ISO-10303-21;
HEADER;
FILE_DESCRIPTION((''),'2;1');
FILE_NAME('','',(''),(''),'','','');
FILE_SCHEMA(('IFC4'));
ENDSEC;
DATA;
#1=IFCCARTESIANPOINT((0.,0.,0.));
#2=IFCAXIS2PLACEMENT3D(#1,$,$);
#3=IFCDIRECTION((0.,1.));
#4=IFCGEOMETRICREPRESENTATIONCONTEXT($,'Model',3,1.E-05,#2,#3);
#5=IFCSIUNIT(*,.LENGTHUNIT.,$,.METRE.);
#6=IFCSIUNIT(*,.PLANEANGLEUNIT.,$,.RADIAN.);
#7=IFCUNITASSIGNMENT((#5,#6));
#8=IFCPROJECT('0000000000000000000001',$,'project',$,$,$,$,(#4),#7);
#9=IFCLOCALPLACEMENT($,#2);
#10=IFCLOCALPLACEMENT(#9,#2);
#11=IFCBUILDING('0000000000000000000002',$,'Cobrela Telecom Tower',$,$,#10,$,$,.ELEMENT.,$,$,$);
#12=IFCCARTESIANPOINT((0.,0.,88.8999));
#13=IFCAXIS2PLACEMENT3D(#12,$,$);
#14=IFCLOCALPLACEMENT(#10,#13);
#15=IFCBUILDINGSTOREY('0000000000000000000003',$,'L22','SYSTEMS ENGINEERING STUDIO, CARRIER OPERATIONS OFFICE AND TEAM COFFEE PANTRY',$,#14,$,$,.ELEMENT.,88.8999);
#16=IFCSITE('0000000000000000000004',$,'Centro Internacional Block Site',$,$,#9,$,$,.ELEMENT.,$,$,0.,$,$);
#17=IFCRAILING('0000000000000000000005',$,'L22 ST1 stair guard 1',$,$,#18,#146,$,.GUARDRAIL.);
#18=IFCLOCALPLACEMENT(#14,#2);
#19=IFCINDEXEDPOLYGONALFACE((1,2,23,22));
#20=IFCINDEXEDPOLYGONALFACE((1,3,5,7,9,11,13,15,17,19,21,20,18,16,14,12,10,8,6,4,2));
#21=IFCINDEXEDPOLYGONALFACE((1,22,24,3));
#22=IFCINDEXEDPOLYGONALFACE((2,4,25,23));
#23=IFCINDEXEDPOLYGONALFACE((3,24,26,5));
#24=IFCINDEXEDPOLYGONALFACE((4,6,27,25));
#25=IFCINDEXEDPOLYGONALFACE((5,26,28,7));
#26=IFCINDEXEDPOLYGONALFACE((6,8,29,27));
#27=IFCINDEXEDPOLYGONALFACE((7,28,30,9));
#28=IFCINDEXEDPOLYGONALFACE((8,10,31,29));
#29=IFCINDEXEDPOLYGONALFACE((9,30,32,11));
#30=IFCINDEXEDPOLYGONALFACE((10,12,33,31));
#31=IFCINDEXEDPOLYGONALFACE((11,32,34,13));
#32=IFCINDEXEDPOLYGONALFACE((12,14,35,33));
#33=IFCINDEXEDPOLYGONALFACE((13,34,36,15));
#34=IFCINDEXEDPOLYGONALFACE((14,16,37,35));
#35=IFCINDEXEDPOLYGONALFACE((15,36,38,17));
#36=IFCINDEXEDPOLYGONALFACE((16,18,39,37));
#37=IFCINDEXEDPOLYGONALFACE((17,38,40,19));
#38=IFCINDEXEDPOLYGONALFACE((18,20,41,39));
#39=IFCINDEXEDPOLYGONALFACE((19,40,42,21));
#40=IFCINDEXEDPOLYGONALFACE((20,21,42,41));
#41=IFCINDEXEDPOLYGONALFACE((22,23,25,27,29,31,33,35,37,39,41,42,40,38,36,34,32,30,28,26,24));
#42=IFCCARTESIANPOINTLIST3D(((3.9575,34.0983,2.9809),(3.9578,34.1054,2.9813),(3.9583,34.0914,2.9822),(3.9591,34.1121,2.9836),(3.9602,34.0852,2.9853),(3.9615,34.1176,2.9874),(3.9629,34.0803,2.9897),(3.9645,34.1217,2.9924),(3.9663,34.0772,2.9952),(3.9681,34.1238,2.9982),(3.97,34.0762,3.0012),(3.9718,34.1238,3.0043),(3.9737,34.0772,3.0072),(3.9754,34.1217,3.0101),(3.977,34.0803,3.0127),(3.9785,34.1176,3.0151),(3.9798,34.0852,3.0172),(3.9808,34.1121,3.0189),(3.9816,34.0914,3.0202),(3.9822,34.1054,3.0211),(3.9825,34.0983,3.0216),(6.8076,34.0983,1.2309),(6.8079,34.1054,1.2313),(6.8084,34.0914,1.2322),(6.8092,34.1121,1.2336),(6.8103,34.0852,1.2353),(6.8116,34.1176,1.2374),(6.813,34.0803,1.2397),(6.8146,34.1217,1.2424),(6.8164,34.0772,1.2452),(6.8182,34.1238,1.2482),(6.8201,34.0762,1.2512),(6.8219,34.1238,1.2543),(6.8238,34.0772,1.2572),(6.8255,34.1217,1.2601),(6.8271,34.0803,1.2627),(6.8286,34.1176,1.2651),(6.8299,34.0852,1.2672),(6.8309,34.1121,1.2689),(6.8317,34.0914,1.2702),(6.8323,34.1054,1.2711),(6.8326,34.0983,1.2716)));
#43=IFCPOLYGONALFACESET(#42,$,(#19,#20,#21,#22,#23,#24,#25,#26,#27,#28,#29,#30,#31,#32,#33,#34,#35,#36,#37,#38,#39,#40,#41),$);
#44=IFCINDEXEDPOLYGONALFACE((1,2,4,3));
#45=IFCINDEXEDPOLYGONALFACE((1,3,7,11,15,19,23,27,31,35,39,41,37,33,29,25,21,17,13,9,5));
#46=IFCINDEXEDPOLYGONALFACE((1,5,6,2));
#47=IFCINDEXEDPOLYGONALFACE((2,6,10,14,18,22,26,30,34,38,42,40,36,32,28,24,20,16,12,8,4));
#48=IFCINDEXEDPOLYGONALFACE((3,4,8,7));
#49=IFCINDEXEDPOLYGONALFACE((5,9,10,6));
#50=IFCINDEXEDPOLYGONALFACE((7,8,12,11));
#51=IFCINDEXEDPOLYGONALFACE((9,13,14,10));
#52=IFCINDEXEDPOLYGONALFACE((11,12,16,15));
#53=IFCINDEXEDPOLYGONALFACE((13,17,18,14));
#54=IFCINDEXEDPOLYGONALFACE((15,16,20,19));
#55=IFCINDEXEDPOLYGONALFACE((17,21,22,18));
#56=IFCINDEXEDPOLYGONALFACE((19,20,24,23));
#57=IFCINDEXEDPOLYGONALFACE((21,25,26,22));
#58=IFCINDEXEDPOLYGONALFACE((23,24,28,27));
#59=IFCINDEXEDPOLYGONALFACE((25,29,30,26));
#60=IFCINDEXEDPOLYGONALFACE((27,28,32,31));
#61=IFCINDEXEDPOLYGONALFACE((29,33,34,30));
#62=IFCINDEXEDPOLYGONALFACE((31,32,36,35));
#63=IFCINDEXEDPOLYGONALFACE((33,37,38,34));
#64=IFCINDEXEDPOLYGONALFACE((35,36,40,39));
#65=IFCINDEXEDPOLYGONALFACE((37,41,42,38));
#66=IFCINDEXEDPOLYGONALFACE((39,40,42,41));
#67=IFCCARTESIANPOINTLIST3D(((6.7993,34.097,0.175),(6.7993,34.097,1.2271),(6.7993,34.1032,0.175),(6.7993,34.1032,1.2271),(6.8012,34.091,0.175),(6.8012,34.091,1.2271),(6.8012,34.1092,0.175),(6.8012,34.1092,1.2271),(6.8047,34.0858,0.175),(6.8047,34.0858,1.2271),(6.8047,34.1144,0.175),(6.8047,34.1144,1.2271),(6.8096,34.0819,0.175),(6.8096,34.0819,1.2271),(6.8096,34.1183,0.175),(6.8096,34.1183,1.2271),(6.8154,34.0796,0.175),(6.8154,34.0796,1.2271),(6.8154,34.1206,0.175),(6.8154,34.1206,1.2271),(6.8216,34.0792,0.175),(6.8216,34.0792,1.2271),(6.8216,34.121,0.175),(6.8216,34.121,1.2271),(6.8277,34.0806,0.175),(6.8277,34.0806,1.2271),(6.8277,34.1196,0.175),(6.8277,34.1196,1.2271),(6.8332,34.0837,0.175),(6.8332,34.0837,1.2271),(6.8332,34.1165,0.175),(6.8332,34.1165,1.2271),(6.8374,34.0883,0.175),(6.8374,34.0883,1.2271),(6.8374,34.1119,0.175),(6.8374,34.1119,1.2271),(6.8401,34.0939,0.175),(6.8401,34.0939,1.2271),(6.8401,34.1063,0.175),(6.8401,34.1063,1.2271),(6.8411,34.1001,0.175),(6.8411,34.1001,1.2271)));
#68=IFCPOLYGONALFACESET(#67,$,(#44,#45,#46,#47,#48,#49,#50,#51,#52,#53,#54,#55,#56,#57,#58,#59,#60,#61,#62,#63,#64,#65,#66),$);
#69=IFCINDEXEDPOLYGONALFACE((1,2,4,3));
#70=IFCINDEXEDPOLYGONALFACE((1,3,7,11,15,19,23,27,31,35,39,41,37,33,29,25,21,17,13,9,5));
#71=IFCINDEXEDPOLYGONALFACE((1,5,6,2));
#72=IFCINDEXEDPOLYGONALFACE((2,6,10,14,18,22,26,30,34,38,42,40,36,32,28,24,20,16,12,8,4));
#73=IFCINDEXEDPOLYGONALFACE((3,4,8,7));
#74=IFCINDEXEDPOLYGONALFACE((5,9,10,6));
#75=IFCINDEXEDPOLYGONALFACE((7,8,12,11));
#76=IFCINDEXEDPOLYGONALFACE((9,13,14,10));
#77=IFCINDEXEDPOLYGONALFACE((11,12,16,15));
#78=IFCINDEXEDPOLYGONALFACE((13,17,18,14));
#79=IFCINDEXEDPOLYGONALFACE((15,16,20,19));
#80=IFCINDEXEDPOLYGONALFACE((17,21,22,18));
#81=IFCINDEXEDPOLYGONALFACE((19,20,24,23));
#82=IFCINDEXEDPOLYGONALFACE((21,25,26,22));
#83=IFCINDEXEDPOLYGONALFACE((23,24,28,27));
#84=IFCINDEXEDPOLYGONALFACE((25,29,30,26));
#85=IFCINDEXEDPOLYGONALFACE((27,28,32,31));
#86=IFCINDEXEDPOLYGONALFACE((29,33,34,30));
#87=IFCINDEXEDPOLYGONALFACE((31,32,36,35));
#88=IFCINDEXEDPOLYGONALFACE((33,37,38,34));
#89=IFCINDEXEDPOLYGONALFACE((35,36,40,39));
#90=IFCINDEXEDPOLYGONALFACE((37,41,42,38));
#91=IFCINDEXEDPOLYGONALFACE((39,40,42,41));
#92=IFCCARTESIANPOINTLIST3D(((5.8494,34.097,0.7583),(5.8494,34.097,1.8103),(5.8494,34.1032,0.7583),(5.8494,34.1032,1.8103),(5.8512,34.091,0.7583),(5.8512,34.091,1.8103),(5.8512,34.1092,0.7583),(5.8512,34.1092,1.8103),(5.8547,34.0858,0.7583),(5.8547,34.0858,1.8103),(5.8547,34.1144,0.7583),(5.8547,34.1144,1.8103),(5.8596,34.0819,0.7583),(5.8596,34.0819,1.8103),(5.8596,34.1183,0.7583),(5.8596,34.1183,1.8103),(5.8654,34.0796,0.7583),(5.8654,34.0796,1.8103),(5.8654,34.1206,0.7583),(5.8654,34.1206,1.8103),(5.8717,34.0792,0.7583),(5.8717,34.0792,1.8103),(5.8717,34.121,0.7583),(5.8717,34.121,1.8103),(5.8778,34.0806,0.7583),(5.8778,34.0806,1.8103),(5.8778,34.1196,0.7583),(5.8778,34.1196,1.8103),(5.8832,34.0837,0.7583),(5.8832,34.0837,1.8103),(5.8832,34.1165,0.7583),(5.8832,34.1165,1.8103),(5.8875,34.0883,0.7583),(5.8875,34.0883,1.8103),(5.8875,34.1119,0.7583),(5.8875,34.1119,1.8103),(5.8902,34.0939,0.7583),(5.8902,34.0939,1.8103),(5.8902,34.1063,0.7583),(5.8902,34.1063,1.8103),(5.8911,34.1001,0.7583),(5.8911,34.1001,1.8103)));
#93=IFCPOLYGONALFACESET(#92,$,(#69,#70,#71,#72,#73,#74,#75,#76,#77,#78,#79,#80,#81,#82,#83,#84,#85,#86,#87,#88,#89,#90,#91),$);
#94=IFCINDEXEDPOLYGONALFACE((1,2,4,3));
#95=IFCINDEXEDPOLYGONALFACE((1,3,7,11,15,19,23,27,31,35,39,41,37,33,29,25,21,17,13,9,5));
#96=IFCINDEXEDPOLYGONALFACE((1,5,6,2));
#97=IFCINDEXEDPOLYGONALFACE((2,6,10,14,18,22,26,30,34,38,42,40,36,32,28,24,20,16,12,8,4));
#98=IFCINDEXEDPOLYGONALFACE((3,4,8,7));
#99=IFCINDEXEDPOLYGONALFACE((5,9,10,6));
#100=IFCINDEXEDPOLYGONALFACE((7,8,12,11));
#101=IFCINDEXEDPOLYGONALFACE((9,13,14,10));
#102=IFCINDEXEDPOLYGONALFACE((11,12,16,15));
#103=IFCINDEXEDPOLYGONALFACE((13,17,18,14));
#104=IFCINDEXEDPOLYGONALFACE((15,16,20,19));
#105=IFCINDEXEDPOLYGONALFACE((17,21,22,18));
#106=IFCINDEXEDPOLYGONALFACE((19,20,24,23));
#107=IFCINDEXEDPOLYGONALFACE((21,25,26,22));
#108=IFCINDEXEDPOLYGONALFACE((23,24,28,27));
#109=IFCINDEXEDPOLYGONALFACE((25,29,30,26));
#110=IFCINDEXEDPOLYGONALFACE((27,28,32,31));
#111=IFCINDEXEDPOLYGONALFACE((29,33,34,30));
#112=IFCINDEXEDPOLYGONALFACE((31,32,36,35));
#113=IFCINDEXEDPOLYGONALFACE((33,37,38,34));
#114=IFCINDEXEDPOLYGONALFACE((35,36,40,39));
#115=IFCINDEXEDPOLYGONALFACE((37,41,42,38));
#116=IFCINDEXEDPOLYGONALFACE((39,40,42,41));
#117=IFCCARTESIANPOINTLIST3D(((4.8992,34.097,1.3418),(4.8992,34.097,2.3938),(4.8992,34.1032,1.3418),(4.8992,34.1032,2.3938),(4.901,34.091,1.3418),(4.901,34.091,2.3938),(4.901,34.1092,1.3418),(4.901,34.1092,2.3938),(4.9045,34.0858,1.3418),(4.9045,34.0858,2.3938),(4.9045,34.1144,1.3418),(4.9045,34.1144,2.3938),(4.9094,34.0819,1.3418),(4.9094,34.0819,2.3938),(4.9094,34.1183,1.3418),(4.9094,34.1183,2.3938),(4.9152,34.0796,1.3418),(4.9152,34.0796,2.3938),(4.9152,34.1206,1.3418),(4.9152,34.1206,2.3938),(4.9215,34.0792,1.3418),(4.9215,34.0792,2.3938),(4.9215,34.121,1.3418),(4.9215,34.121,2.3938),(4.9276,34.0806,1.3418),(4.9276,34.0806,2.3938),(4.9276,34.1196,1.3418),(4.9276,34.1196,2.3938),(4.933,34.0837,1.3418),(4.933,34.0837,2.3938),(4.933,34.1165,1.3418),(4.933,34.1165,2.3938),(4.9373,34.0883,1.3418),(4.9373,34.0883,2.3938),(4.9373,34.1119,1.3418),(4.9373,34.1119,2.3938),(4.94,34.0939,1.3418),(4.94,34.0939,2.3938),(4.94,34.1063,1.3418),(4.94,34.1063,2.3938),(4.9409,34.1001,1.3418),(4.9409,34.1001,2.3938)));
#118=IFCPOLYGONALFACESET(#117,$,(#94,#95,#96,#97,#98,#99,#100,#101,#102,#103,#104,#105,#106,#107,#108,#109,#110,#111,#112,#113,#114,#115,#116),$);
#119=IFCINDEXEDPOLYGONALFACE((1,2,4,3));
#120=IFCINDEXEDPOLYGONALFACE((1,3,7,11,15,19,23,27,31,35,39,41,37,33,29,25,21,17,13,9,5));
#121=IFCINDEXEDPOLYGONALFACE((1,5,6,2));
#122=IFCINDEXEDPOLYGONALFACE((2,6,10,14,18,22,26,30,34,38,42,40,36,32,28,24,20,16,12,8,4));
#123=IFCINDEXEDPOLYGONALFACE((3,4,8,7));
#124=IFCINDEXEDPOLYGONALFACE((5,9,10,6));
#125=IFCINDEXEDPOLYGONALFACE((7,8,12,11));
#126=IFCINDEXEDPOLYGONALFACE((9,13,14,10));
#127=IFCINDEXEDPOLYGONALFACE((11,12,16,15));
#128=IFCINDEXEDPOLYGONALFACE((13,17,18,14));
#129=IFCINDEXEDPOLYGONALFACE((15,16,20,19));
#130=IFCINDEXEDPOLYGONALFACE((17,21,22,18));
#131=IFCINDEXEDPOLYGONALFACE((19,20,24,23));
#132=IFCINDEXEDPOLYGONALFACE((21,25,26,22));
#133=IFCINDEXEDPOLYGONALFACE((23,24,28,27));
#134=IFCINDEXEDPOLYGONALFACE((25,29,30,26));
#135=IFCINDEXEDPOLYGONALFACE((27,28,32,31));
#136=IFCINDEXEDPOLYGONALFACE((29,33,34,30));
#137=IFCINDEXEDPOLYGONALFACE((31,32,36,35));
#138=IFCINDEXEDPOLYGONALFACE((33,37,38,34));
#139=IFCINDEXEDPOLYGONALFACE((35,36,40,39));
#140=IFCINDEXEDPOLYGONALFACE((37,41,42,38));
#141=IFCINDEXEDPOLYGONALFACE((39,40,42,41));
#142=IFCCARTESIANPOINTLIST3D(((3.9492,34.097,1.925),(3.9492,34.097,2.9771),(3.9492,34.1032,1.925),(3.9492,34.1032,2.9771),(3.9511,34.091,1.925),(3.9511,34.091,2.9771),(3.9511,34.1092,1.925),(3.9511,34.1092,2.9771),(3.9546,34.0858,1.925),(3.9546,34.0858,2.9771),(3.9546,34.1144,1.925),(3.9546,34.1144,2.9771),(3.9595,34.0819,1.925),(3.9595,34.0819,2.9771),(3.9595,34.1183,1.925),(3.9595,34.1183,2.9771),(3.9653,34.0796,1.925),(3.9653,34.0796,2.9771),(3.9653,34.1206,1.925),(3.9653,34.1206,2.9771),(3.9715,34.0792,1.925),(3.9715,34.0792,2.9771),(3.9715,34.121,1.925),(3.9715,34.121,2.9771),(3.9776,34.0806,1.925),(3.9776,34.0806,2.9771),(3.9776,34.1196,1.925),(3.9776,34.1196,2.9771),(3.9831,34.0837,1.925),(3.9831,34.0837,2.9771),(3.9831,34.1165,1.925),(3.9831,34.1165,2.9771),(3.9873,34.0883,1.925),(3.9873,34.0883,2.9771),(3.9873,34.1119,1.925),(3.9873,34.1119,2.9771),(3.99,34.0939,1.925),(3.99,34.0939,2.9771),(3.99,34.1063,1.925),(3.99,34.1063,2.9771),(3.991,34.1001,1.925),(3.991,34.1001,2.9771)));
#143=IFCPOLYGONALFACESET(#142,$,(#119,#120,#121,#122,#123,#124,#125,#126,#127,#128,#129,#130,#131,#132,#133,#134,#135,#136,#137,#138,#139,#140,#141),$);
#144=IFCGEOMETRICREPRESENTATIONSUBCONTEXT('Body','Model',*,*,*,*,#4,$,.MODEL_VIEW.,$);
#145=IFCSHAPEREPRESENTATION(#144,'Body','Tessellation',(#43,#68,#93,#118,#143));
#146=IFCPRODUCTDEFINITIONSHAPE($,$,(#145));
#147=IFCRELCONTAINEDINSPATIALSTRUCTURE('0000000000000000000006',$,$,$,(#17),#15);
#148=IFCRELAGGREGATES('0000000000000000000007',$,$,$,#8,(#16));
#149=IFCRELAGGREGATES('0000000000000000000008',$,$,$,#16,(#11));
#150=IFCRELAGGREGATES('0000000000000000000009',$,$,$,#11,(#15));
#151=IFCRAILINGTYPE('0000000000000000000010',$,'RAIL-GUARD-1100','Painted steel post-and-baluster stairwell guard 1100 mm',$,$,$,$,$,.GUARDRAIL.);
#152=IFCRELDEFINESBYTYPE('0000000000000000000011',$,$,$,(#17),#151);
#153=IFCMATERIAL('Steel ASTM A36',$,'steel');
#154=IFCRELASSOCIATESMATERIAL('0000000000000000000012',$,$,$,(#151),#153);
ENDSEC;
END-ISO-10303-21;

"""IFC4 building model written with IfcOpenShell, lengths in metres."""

from ifc_helpers import new_model, si_unit, direction, frame, origin, origin_2d, place, context, subcontext, project, spatial, circle, extrude, material, type_object, element, save


model = new_model("IFC4")

# Units and contexts
model_context = context("Model", 3, precision=1e-05, world=origin(), true_north=direction((0.0, 1.0)))
body_context = subcontext(model_context, "Body", "Model", "MODEL_VIEW")
ifc_project = project(units=[si_unit("LENGTHUNIT", "METRE"), si_unit("PLANEANGLEUNIT", "RADIAN")], contexts=[model_context])

# Site, building, storey
site_placement = place(None, origin())
site = spatial("IfcSite", under=ifc_project, at=site_placement, Name="Centro Internacional Block Site", CompositionType="ELEMENT", RefElevation=0.0)
building_placement = place(site_placement, origin())
building = spatial("IfcBuilding", under=site, at=building_placement, Name="Cobrela Telecom Tower", CompositionType="ELEMENT")
storey_placement = place(building_placement, frame((0.0, 0.0, 88.8999)))
storey = spatial("IfcBuildingStorey", under=building, at=storey_placement, Name="L22", Description="SYSTEMS ENGINEERING STUDIO, CARRIER OPERATIONS OFFICE AND TEAM COFFEE PANTRY", CompositionType="ELEMENT", Elevation=88.8999)

# Shared definitions
ifc_material_1 = material(Name="Steel ASTM A36", Category="steel")

# Railing
railing_type_1 = type_object("IfcRailingType", Name="RAIL-GUARD-1100", Description="Painted steel post-and-baluster stairwell guard 1100 mm", PredefinedType="GUARDRAIL", material=ifc_material_1)
railing_1_placement = place(storey_placement, frame((6.8201, 34.1001, 0.175)))
element("IfcRailing", 1, at=railing_1_placement, inside=storey, type_object=railing_type_1, Name="L22 ST1 stair guard 1", PredefinedType="GUARDRAIL", context=body_context, shape_type="SweptSolid", body=[
    extrude(circle(Radius=0.0239, at=origin_2d()), frame((0.0, 0.0, 1.0762), z_axis=(-0.852179, 0.0, 0.52325), x_axis=(0.0, -1.0, 0.0)), (0.0, 0.0, 1.0), 3.3445),
    extrude(circle(Radius=0.021, at=origin_2d()), origin(), (0.0, 0.0, 1.0), 1.052),
    extrude(circle(Radius=0.021, at=origin_2d()), frame((-0.95, 0.0, 0.5833)), (0.0, 0.0, 1.0), 1.052),
    extrude(circle(Radius=0.021, at=origin_2d()), frame((-1.9001, 0.0, 1.1667)), (0.0, 0.0, 1.0), 1.052),
    extrude(circle(Radius=0.021, at=origin_2d()), frame((-2.8501, 0.0, 1.75)), (0.0, 0.0, 1.0), 1.052),
])

save(model, "model.ifc")
